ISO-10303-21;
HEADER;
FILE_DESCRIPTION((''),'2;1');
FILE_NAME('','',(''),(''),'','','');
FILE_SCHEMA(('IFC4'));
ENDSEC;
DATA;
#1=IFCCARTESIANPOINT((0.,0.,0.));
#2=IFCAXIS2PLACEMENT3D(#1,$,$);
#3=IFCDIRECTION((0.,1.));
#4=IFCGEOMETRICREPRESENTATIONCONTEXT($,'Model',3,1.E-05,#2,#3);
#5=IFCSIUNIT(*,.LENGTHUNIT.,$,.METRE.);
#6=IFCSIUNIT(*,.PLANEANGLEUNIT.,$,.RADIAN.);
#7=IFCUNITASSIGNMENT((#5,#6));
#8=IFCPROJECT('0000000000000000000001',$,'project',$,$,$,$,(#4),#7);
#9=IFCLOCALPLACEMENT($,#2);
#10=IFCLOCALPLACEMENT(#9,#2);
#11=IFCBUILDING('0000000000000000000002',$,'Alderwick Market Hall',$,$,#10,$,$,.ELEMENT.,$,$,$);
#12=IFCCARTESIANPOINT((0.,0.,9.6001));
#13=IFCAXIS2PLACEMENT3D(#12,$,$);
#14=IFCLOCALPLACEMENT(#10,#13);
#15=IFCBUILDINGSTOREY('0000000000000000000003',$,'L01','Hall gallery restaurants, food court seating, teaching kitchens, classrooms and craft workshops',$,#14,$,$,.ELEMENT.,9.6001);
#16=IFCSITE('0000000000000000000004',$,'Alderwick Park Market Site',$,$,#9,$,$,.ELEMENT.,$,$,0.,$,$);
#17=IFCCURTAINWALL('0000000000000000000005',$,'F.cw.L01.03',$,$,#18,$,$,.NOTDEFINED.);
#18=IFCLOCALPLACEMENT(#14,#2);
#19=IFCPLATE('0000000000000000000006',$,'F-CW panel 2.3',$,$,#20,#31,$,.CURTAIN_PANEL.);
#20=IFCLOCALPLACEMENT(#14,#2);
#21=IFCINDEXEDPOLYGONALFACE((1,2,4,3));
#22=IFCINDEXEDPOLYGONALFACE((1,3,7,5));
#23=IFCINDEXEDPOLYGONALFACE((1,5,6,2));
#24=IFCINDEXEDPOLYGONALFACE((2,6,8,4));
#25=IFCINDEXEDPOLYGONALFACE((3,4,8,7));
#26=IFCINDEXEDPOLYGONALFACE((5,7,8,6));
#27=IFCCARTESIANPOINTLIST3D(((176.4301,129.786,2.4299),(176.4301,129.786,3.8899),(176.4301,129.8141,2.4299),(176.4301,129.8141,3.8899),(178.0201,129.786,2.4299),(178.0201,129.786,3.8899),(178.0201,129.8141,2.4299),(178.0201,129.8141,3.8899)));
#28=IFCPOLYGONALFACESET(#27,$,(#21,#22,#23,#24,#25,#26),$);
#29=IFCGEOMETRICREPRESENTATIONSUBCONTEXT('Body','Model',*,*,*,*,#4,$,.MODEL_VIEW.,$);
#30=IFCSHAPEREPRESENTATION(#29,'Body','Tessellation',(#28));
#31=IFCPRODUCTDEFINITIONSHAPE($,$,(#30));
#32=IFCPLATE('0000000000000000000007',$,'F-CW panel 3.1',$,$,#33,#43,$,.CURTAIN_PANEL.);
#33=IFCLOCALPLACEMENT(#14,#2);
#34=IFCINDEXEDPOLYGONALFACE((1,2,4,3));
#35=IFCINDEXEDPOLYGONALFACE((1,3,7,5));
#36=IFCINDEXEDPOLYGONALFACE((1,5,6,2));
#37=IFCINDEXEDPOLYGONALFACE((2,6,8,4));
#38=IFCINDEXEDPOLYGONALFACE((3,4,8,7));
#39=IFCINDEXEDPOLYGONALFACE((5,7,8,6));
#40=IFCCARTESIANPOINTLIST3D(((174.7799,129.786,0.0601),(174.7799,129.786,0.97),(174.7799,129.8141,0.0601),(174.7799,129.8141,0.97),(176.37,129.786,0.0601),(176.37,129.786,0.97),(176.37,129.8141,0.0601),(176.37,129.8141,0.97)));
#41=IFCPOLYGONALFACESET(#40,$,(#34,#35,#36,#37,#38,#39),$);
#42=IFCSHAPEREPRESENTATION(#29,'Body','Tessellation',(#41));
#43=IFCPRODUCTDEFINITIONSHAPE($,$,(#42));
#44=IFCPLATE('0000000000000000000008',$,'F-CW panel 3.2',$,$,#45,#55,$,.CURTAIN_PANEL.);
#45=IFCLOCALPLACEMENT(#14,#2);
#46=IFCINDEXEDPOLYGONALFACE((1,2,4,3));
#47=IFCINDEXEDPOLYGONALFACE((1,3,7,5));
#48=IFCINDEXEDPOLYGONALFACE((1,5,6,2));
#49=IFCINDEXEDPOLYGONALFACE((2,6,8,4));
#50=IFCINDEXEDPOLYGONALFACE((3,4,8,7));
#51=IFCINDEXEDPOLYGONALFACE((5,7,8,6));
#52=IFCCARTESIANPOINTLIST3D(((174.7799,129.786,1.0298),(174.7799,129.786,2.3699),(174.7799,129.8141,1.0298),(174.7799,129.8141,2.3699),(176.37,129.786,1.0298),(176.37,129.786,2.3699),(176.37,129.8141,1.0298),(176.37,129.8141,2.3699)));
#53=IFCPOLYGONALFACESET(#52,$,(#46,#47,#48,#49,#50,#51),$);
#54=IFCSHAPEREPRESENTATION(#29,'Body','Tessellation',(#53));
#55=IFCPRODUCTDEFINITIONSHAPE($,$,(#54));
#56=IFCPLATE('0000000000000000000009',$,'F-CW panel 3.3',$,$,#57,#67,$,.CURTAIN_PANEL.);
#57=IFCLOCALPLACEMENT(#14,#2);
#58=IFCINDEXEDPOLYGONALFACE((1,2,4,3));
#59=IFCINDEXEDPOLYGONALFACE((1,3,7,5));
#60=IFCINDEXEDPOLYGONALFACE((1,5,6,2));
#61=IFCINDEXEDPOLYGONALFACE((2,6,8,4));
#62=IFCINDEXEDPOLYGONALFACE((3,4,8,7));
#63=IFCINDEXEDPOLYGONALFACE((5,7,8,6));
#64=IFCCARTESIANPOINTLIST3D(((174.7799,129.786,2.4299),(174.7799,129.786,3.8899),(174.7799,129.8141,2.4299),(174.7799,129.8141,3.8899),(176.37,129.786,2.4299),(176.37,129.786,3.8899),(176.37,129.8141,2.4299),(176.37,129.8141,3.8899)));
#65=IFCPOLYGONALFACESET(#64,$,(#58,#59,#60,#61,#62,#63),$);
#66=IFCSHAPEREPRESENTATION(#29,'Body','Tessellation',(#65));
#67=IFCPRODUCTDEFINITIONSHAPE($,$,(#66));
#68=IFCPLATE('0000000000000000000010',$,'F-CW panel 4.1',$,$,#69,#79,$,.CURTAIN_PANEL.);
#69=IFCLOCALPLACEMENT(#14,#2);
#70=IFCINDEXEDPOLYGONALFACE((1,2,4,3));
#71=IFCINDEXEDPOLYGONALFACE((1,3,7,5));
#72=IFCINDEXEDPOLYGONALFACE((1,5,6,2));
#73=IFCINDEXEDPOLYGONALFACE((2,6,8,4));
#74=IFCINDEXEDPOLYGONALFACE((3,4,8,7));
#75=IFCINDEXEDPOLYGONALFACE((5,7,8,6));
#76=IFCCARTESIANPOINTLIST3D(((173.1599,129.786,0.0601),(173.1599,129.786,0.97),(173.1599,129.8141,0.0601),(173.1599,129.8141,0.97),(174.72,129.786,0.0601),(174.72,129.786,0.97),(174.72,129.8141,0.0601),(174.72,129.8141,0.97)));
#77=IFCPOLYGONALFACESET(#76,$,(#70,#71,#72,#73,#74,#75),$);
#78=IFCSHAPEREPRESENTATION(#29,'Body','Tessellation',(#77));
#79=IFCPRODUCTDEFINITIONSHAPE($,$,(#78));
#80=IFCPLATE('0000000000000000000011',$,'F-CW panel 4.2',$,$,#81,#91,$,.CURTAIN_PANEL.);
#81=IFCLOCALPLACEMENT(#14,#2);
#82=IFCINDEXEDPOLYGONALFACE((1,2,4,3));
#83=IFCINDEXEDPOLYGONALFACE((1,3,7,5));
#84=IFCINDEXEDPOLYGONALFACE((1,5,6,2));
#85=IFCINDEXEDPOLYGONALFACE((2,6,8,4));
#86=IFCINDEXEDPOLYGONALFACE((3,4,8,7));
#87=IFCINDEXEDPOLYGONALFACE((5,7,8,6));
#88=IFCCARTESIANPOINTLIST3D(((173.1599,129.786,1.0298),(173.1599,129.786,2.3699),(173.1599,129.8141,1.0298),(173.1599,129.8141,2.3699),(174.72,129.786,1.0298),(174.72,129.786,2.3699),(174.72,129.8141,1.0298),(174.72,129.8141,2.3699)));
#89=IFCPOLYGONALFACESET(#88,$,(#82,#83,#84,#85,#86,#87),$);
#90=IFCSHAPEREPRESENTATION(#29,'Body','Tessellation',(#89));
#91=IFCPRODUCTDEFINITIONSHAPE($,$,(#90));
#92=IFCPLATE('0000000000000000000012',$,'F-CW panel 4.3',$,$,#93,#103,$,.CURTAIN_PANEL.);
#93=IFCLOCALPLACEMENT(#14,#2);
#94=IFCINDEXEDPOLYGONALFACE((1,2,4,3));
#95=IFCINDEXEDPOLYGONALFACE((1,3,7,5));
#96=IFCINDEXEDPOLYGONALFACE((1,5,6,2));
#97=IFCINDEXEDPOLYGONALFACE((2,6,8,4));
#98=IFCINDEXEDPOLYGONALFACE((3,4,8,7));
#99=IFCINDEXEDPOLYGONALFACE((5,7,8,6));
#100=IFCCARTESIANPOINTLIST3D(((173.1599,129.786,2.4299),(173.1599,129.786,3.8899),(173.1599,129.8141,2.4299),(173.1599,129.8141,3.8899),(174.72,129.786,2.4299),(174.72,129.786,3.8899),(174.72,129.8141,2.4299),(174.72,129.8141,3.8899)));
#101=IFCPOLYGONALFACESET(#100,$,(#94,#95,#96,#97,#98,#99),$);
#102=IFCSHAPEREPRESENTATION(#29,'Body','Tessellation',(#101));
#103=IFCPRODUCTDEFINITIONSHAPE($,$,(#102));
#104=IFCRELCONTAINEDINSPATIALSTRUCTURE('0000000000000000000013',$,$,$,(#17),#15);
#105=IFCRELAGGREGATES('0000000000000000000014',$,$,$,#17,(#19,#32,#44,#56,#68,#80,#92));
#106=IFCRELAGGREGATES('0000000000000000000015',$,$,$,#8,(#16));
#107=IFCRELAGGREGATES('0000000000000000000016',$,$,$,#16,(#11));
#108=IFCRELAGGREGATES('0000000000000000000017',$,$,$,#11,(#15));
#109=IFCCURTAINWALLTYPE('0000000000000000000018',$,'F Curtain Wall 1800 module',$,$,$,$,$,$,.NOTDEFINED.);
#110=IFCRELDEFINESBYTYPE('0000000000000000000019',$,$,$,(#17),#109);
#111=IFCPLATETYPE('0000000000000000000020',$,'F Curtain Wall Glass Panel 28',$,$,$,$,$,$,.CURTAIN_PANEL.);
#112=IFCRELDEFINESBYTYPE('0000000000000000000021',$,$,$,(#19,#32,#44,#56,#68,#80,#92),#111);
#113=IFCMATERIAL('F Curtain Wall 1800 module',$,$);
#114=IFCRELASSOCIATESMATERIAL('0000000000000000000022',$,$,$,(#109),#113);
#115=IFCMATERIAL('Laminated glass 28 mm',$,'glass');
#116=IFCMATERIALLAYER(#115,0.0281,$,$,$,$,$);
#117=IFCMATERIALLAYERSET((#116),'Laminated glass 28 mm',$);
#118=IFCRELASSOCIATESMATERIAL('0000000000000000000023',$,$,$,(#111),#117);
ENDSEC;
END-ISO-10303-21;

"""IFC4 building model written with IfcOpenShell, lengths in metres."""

from ifc_helpers import new_model, si_unit, direction, frame, origin, origin_2d, place, context, subcontext, project, spatial, rectangle, extrude, material, layer, layer_set, type_object, element, aggregate, save


model = new_model("IFC4")

# Units and contexts
model_context = context("Model", 3, precision=1e-05, world=origin(), true_north=direction((0.0, 1.0)))
body_context = subcontext(model_context, "Body", "Model", "MODEL_VIEW")
ifc_project = project(units=[si_unit("LENGTHUNIT", "METRE"), si_unit("PLANEANGLEUNIT", "RADIAN")], contexts=[model_context])

# Site, building, storey
site_placement = place(None, origin())
site = spatial("IfcSite", under=ifc_project, at=site_placement, Name="Alderwick Park Market Site", CompositionType="ELEMENT", RefElevation=0.0)
building_placement = place(site_placement, origin())
building = spatial("IfcBuilding", under=site, at=building_placement, Name="Alderwick Market Hall", CompositionType="ELEMENT")
storey_placement = place(building_placement, frame((0.0, 0.0, 9.6001)))
storey = spatial("IfcBuildingStorey", under=building, at=storey_placement, Name="L01", Description="Hall gallery restaurants, food court seating, teaching kitchens, classrooms and craft workshops", CompositionType="ELEMENT", Elevation=9.6001)

# Curtain wall, plates
ifc_material_1 = material(Name="F Curtain Wall 1800 module")
curtain_wall_type = type_object("IfcCurtainWallType", Name="F Curtain Wall 1800 module", PredefinedType="NOTDEFINED", material=ifc_material_1)
curtain_wall_placement = place(storey_placement, origin())
curtain_wall = element("IfcCurtainWall", 1, at=curtain_wall_placement, inside=storey, type_object=curtain_wall_type, Name="F.cw.L01.03", PredefinedType="NOTDEFINED")
ifc_material_2 = material(Name="Laminated glass 28 mm", Category="glass")
ifc_layer = layer(ifc_material_2, 0.0281)
ifc_layer_set = layer_set([ifc_layer], Name="Laminated glass 28 mm")
plate_type = type_object("IfcPlateType", Name="F Curtain Wall Glass Panel 28", PredefinedType="CURTAIN_PANEL", material=ifc_layer_set)
plate_1_placement = place(storey_placement, frame((177.2251, 129.8, 2.4299), z_axis=(0.0, 0.0, 1.0), x_axis=(-1.0, 0.0, 0.0)))
plate_1 = element("IfcPlate", 2, at=plate_1_placement, type_object=plate_type, Name="F-CW panel 2.3", PredefinedType="CURTAIN_PANEL", context=body_context, shape_type="SweptSolid", body=[
    extrude(rectangle(XDim=1.5901, YDim=0.0281, at=origin_2d()), origin(), (0.0, 0.0, 1.0), 1.46),
])
plate_2_placement = place(storey_placement, frame((175.575, 129.8, 0.0601), z_axis=(0.0, 0.0, 1.0), x_axis=(-1.0, 0.0, 0.0)))
plate_2 = element("IfcPlate", 3, at=plate_2_placement, type_object=plate_type, Name="F-CW panel 3.1", PredefinedType="CURTAIN_PANEL", context=body_context, shape_type="SweptSolid", body=[
    extrude(rectangle(XDim=1.5901, YDim=0.0281, at=origin_2d()), origin(), (0.0, 0.0, 1.0), 0.9099),
])
plate_3_placement = place(storey_placement, frame((175.575, 129.8, 1.0298), z_axis=(0.0, 0.0, 1.0), x_axis=(-1.0, 0.0, 0.0)))
plate_3 = element("IfcPlate", 4, at=plate_3_placement, type_object=plate_type, Name="F-CW panel 3.2", PredefinedType="CURTAIN_PANEL", context=body_context, shape_type="SweptSolid", body=[
    extrude(rectangle(XDim=1.5901, YDim=0.0281, at=origin_2d()), origin(), (0.0, 0.0, 1.0), 1.3401),
])
plate_4_placement = place(storey_placement, frame((175.575, 129.8, 2.4299), z_axis=(0.0, 0.0, 1.0), x_axis=(-1.0, 0.0, 0.0)))
plate_4 = element("IfcPlate", 5, at=plate_4_placement, type_object=plate_type, Name="F-CW panel 3.3", PredefinedType="CURTAIN_PANEL", context=body_context, shape_type="SweptSolid", body=[
    extrude(rectangle(XDim=1.5901, YDim=0.0281, at=origin_2d()), origin(), (0.0, 0.0, 1.0), 1.46),
])
plate_5_placement = place(storey_placement, frame((173.9399, 129.8, 0.0601), z_axis=(0.0, 0.0, 1.0), x_axis=(-1.0, 0.0, 0.0)))
plate_5 = element("IfcPlate", 6, at=plate_5_placement, type_object=plate_type, Name="F-CW panel 4.1", PredefinedType="CURTAIN_PANEL", context=body_context, shape_type="SweptSolid", body=[
    extrude(rectangle(XDim=1.5601, YDim=0.0281, at=origin_2d()), origin(), (0.0, 0.0, 1.0), 0.9099),
])
plate_6_placement = place(storey_placement, frame((173.9399, 129.8, 1.0298), z_axis=(0.0, 0.0, 1.0), x_axis=(-1.0, 0.0, 0.0)))
plate_6 = element("IfcPlate", 7, at=plate_6_placement, type_object=plate_type, Name="F-CW panel 4.2", PredefinedType="CURTAIN_PANEL", context=body_context, shape_type="SweptSolid", body=[
    extrude(rectangle(XDim=1.5601, YDim=0.0281, at=origin_2d()), origin(), (0.0, 0.0, 1.0), 1.3401),
])
plate_7_placement = place(storey_placement, frame((173.9399, 129.8, 2.4299), z_axis=(0.0, 0.0, 1.0), x_axis=(-1.0, 0.0, 0.0)))
plate_7 = element("IfcPlate", 8, at=plate_7_placement, type_object=plate_type, Name="F-CW panel 4.3", PredefinedType="CURTAIN_PANEL", context=body_context, shape_type="SweptSolid", body=[
    extrude(rectangle(XDim=1.5601, YDim=0.0281, at=origin_2d()), origin(), (0.0, 0.0, 1.0), 1.46),
])
aggregate(curtain_wall, [plate_1, plate_2, plate_3, plate_4, plate_5, plate_6, plate_7])

save(model, "model.ifc")
